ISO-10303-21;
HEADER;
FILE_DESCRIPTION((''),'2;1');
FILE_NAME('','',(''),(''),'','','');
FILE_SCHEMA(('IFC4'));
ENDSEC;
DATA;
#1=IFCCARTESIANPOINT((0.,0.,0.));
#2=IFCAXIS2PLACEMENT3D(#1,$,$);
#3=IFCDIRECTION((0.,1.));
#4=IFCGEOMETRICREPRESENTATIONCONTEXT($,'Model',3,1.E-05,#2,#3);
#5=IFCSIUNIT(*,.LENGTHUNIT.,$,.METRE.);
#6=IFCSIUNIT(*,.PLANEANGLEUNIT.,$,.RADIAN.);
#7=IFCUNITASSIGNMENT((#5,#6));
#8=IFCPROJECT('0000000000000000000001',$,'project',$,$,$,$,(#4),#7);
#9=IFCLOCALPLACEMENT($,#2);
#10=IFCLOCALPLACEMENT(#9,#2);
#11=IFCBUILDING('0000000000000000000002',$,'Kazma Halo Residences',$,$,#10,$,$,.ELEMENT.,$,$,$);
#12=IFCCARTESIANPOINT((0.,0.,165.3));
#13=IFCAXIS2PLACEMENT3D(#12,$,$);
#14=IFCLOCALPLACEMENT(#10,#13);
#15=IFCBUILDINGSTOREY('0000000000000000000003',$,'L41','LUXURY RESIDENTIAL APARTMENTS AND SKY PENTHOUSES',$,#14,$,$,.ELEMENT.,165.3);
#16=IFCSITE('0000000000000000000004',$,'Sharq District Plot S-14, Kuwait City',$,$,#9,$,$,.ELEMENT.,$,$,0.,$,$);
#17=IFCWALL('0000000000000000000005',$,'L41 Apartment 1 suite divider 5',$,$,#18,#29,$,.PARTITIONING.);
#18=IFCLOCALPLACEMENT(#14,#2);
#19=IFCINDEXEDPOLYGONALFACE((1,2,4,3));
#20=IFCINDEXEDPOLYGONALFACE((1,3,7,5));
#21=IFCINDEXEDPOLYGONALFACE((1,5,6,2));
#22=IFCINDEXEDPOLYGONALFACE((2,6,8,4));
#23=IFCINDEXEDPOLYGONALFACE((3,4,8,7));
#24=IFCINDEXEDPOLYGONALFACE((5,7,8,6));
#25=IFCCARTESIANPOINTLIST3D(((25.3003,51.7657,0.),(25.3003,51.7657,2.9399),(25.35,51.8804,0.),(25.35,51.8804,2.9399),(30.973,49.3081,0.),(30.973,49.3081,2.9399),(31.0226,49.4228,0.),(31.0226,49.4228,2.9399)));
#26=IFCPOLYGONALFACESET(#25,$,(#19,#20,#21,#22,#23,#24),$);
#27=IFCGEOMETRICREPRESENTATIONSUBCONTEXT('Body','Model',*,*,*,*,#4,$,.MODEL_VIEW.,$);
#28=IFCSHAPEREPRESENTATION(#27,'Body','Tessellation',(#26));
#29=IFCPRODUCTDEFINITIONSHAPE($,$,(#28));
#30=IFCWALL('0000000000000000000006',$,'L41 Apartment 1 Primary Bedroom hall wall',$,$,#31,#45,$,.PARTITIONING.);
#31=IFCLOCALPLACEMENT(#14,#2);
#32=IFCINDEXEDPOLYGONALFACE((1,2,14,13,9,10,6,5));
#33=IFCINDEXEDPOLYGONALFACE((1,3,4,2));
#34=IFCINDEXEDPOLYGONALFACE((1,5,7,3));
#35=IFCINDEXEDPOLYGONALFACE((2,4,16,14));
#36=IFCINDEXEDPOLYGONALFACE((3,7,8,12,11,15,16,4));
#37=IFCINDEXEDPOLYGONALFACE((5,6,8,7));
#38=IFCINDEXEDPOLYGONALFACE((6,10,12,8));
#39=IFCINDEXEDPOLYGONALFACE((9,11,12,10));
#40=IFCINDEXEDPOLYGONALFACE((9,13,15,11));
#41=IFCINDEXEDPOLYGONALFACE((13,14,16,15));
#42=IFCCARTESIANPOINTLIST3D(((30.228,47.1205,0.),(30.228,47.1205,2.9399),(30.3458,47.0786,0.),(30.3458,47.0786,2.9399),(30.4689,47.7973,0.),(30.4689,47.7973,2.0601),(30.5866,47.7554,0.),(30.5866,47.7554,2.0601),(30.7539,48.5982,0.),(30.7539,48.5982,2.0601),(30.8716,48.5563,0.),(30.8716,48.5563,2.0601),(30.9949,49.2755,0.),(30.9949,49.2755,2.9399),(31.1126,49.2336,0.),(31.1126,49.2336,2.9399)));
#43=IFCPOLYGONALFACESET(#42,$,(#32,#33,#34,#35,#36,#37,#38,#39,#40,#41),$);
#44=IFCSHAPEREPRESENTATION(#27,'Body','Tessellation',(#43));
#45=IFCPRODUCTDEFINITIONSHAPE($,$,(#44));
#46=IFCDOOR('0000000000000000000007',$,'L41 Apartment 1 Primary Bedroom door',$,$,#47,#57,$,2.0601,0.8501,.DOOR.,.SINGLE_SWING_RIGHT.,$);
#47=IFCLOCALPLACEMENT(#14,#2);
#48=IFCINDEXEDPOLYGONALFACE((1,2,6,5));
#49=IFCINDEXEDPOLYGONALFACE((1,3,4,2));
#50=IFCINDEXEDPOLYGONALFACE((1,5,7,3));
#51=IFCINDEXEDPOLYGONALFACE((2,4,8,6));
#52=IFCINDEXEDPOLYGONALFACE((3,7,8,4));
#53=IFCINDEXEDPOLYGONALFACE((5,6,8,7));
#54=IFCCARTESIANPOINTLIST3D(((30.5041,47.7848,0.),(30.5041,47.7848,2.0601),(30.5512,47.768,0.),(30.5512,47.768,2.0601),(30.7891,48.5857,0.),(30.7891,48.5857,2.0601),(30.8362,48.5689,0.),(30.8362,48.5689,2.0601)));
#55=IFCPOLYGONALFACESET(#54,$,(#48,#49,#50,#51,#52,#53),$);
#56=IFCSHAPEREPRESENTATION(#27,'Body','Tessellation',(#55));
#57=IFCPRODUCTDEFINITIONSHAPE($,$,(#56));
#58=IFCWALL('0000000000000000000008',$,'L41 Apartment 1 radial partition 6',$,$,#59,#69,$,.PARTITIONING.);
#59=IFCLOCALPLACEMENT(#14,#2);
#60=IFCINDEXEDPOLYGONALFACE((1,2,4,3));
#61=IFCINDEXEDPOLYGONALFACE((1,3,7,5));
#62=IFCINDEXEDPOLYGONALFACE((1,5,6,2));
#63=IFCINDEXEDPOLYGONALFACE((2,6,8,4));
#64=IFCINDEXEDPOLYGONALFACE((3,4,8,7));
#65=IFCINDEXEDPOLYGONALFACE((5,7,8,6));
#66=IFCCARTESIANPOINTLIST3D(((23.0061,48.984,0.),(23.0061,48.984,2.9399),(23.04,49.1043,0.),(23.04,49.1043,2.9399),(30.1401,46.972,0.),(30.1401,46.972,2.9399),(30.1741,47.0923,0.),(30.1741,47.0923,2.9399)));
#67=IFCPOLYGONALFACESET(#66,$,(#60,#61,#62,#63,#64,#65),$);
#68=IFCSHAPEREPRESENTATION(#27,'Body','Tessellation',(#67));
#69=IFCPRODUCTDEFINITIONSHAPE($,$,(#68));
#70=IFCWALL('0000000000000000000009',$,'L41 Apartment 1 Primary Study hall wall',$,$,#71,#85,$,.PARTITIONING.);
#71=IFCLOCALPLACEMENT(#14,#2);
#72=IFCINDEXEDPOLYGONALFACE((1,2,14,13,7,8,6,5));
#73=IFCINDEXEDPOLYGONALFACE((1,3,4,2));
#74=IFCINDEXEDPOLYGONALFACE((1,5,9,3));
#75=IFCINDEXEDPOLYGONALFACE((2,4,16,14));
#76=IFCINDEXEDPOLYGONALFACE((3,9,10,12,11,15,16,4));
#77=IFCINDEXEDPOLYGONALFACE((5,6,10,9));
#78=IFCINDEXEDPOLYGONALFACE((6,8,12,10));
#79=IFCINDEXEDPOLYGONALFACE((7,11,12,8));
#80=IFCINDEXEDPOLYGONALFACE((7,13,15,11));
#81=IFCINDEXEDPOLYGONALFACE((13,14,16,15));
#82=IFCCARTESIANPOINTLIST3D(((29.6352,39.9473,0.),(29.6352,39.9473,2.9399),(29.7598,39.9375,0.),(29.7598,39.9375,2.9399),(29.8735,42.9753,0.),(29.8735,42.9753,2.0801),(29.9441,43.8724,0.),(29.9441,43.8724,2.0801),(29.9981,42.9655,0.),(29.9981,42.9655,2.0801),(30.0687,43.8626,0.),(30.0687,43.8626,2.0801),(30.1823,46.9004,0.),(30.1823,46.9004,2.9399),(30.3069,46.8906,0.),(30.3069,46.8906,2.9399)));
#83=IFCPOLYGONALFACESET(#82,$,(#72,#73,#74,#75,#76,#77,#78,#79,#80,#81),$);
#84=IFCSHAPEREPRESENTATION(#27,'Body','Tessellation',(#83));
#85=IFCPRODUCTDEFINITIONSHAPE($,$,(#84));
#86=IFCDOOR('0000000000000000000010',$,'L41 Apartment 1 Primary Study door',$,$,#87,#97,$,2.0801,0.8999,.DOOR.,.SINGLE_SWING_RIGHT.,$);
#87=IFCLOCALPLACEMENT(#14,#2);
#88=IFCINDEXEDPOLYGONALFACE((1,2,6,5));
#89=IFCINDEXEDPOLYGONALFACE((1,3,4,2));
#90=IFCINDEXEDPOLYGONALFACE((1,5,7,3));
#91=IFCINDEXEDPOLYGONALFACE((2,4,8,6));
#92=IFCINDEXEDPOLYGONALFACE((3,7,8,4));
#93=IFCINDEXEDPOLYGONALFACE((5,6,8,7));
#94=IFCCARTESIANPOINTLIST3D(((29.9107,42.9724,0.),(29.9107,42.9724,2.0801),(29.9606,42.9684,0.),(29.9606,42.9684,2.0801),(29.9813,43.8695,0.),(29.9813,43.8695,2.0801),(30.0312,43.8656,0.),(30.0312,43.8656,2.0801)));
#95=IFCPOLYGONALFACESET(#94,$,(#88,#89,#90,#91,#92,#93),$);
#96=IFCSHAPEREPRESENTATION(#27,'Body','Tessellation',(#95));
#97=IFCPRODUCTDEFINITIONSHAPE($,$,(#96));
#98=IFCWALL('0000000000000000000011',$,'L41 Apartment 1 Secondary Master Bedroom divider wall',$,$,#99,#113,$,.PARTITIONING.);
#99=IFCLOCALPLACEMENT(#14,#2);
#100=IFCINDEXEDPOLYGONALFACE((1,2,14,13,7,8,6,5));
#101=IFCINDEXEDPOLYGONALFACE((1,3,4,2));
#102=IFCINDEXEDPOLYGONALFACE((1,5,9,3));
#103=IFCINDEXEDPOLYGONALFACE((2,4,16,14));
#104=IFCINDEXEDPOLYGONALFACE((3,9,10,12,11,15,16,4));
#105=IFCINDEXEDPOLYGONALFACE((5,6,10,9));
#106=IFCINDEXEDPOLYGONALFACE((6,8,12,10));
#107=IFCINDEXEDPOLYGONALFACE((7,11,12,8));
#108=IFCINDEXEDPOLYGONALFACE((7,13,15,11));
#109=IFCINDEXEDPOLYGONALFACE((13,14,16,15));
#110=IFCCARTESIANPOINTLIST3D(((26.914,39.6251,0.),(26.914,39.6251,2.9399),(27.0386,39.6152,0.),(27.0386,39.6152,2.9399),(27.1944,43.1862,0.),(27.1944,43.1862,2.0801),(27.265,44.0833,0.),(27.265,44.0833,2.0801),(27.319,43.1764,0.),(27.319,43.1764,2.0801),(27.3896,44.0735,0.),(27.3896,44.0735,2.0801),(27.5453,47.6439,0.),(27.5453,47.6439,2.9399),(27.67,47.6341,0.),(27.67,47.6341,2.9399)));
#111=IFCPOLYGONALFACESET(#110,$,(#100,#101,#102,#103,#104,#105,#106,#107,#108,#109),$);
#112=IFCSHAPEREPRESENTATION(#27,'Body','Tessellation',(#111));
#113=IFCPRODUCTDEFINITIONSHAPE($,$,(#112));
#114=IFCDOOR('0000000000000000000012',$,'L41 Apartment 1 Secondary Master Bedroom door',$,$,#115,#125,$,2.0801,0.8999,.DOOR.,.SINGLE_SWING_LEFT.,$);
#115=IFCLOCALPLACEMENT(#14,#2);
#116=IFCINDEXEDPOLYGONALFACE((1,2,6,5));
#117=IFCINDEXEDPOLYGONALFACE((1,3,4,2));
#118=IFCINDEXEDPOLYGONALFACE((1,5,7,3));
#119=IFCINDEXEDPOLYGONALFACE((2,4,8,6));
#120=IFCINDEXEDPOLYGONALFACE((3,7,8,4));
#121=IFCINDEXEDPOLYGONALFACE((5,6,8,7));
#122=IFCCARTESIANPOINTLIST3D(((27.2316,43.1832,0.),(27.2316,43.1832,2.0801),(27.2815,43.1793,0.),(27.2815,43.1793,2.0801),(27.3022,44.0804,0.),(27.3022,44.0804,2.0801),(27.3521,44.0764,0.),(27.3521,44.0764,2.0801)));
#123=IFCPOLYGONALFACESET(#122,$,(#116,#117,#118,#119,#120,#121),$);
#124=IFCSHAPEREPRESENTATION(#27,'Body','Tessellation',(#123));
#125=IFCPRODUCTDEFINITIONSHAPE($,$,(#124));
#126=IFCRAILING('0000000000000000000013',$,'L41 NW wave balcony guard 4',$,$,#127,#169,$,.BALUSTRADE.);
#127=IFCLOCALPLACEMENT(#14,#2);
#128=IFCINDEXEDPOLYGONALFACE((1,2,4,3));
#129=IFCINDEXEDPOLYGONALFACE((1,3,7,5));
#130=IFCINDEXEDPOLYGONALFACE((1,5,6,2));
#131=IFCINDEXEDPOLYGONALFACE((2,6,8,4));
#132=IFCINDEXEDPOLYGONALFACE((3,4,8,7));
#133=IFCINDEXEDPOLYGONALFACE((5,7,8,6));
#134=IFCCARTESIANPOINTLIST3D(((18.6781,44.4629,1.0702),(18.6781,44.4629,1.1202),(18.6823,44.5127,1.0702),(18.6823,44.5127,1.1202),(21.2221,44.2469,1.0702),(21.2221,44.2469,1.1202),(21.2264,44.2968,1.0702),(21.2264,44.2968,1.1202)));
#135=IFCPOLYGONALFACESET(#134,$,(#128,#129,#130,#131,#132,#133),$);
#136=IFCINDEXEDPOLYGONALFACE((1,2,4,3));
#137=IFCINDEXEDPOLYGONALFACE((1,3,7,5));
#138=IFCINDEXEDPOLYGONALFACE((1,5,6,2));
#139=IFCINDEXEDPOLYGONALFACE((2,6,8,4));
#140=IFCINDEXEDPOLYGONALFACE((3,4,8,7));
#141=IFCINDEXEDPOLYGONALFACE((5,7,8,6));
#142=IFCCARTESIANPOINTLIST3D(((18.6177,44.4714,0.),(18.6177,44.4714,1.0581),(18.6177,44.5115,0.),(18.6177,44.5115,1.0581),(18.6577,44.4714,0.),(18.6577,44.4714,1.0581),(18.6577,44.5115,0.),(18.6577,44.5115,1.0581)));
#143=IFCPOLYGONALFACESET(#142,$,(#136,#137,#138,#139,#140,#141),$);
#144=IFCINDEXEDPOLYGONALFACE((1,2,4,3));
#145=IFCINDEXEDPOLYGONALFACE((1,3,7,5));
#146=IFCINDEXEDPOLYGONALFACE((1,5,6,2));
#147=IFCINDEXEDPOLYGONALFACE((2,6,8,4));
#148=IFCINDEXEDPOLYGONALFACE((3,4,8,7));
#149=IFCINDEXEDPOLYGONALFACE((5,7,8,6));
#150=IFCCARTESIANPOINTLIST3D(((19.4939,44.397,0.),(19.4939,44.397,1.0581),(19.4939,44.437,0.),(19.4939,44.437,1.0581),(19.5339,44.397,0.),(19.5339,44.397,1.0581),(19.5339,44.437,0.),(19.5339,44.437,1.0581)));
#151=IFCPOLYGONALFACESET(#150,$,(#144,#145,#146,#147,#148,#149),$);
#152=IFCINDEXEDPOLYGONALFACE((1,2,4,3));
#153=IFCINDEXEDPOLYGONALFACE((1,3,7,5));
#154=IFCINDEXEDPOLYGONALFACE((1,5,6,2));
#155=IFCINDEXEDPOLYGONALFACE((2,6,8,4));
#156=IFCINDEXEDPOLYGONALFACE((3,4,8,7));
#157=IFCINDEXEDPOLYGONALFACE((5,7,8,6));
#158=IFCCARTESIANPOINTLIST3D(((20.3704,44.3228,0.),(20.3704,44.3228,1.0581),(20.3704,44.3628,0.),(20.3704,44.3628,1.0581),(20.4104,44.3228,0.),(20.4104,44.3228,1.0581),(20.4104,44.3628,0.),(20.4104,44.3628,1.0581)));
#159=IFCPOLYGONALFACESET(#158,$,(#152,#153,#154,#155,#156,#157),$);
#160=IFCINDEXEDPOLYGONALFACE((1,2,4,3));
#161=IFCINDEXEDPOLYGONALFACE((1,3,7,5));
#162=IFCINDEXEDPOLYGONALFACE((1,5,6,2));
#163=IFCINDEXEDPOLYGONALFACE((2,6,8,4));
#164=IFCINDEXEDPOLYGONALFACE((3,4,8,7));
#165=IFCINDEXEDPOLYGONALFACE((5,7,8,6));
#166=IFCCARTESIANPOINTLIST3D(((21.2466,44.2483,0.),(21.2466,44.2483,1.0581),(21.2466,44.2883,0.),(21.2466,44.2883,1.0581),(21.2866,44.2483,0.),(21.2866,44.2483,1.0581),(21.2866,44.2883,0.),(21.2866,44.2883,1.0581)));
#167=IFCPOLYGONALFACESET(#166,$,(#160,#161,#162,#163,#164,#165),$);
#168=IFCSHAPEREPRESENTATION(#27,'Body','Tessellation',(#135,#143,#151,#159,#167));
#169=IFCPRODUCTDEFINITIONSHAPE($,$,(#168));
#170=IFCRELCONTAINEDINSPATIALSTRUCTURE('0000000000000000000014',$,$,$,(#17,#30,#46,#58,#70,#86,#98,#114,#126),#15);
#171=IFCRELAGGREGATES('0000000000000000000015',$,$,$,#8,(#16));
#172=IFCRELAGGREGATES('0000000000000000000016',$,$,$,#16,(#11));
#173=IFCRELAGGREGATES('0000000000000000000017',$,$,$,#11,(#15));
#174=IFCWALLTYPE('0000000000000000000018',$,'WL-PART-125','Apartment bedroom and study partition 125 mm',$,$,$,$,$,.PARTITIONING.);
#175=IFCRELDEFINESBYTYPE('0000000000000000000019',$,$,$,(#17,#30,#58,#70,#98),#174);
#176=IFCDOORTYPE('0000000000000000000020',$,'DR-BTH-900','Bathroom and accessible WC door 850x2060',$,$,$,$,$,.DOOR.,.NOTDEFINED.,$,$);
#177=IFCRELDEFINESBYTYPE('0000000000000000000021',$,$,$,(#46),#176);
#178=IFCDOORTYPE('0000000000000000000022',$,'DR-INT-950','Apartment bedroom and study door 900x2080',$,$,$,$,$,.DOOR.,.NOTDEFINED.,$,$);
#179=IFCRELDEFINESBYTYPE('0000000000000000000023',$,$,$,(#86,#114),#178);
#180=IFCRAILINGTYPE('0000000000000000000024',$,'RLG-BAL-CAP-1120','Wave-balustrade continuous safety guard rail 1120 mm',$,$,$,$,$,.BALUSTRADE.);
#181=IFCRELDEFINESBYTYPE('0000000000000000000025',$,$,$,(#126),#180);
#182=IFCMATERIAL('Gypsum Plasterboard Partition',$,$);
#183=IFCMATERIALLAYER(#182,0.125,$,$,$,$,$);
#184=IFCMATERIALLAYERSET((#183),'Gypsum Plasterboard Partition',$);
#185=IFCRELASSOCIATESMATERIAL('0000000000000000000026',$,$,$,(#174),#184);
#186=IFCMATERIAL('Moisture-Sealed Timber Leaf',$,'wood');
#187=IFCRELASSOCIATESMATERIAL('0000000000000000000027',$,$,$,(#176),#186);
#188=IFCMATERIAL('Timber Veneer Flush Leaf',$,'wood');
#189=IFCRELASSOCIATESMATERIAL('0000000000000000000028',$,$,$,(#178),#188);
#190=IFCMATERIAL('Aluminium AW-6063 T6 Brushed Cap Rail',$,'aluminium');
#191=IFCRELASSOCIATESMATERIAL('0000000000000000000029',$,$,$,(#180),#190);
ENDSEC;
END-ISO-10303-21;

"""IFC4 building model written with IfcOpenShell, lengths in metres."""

from ifc_helpers import new_model, si_unit, direction, frame, frame_2d, origin, origin_2d, place, context, subcontext, project, spatial, rectangle, extrude, material, layer, layer_set, type_object, element, fill, save


model = new_model("IFC4")

# Units and contexts
model_context = context("Model", 3, precision=1e-05, world=origin(), true_north=direction((0.0, 1.0)))
body_context = subcontext(model_context, "Body", "Model", "MODEL_VIEW")
ifc_project = project(units=[si_unit("LENGTHUNIT", "METRE"), si_unit("PLANEANGLEUNIT", "RADIAN")], contexts=[model_context])

# Site, building, storey
site_placement = place(None, origin())
site = spatial("IfcSite", under=ifc_project, at=site_placement, Name="Sharq District Plot S-14, Kuwait City", CompositionType="ELEMENT", RefElevation=0.0)
building_placement = place(site_placement, origin())
building = spatial("IfcBuilding", under=site, at=building_placement, Name="Kazma Halo Residences", CompositionType="ELEMENT")
storey_placement = place(building_placement, frame((0.0, 0.0, 165.3)))
storey = spatial("IfcBuildingStorey", under=building, at=storey_placement, Name="L41", Description="LUXURY RESIDENTIAL APARTMENTS AND SKY PENTHOUSES", CompositionType="ELEMENT", Elevation=165.3)

# Wall
ifc_material_1 = material(Name="Gypsum Plasterboard Partition")
ifc_layer_1 = layer(ifc_material_1, 0.125)
ifc_layer_set_1 = layer_set([ifc_layer_1], Name="Gypsum Plasterboard Partition")
wall_type_1 = type_object("IfcWallType", Name="WL-PART-125", Description="Apartment bedroom and study partition 125 mm", PredefinedType="PARTITIONING", material=ifc_layer_set_1)
wall_1_placement = place(storey_placement, frame((30.9978, 49.3655, 0.0), z_axis=(0.0, 0.0, 1.0), x_axis=(-0.917592, 0.397524, 0.0)))
element("IfcWall", 1, at=wall_1_placement, inside=storey, type_object=wall_type_1, Name="L41 Apartment 1 suite divider 5", PredefinedType="PARTITIONING", context=body_context, shape_type="SweptSolid", body=[
    extrude(rectangle(XDim=6.1821, YDim=0.125, at=frame_2d((3.0911, 0.0))), origin(), (0.0, 0.0, 1.0), 2.9399),
])

# Wall, opening, door
wall_2_placement = place(storey_placement, frame((31.0537, 49.2544, 0.0), z_axis=(0.0, 0.0, 1.0), x_axis=(-0.335248, -0.94213, 0.0)))
wall_2 = element("IfcWall", 2, at=wall_2_placement, inside=storey, type_object=wall_type_1, Name="L41 Apartment 1 Primary Bedroom hall wall", PredefinedType="PARTITIONING", context=body_context, shape_type="SweptSolid", body=[
    extrude(rectangle(XDim=2.2874, YDim=0.125, at=frame_2d((1.1436, 0.0))), origin(), (0.0, 0.0, 1.0), 2.9399),
])
opening_1_placement = place(wall_2_placement, frame((0.7188, 0.0, 0.0)))
opening_1 = element("IfcOpeningElement", 3, at=opening_1_placement, cuts=wall_2, PredefinedType="OPENING", context=body_context, shape_type="SweptSolid", body=[
    extrude(rectangle(XDim=0.8501, YDim=2.0601, at=frame_2d((0.425, 1.03))), frame((0.0, 0.0725, 0.0), z_axis=(0.0, -1.0, 0.0), x_axis=(1.0, 0.0, 0.0)), (0.0, 0.0, 1.0), 0.145),
])
ifc_material_2 = material(Name="Moisture-Sealed Timber Leaf", Category="wood")
door_type_1 = type_object("IfcDoorType", Name="DR-BTH-900", Description="Bathroom and accessible WC door 850x2060", OperationType="NOTDEFINED", PredefinedType="DOOR", material=ifc_material_2)
door_1_placement = place(opening_1_placement, origin())
door_1 = element("IfcDoor", 4, at=door_1_placement, inside=storey, type_object=door_type_1, Name="L41 Apartment 1 Primary Bedroom door", OperationType="SINGLE_SWING_RIGHT", OverallHeight=2.0601, OverallWidth=0.8501, PredefinedType="DOOR", context=body_context, shape_type="SweptSolid", body=[
    extrude(rectangle(XDim=0.8501, YDim=2.0601, at=frame_2d((0.425, 1.03))), frame((0.0, 0.0249, 0.0), z_axis=(0.0, -1.0, 0.0), x_axis=(1.0, 0.0, 0.0)), (0.0, 0.0, 1.0), 0.05),
])
fill(opening_1, door_1)

# Wall
wall_3_placement = place(storey_placement, frame((30.157, 47.0322, 0.0), z_axis=(0.0, 0.0, 1.0), x_axis=(-0.962457, 0.271435, 0.0)))
element("IfcWall", 5, at=wall_3_placement, inside=storey, type_object=wall_type_1, Name="L41 Apartment 1 radial partition 6", PredefinedType="PARTITIONING", context=body_context, shape_type="SweptSolid", body=[
    extrude(rectangle(XDim=7.4124, YDim=0.125, at=frame_2d((3.7061, 0.0))), origin(), (0.0, 0.0, 1.0), 2.9399),
])

# Walls, openings, doors
wall_4_placement = place(storey_placement, frame((30.2446, 46.8955, 0.0), z_axis=(0.0, 0.0, 1.0), x_axis=(-0.078444, -0.996918, 0.0)))
wall_4 = element("IfcWall", 6, at=wall_4_placement, inside=storey, type_object=wall_type_1, Name="L41 Apartment 1 Primary Study hall wall", PredefinedType="PARTITIONING", context=body_context, shape_type="SweptSolid", body=[
    extrude(rectangle(XDim=6.9746, YDim=0.125, at=frame_2d((3.4873, 0.0))), origin(), (0.0, 0.0, 1.0), 2.9399),
])
opening_2_placement = place(wall_4_placement, frame((3.0374, 0.0, 0.0)))
opening_2 = element("IfcOpeningElement", 7, at=opening_2_placement, cuts=wall_4, PredefinedType="OPENING", context=body_context, shape_type="SweptSolid", body=[
    extrude(rectangle(XDim=0.8999, YDim=2.0801, at=frame_2d((0.45, 1.04))), frame((0.0, 0.0725, 0.0), z_axis=(0.0, -1.0, 0.0), x_axis=(1.0, 0.0, 0.0)), (0.0, 0.0, 1.0), 0.145),
])
ifc_material_3 = material(Name="Timber Veneer Flush Leaf", Category="wood")
door_type_2 = type_object("IfcDoorType", Name="DR-INT-950", Description="Apartment bedroom and study door 900x2080", OperationType="NOTDEFINED", PredefinedType="DOOR", material=ifc_material_3)
door_2_placement = place(opening_2_placement, origin())
door_2 = element("IfcDoor", 8, at=door_2_placement, inside=storey, type_object=door_type_2, Name="L41 Apartment 1 Primary Study door", OperationType="SINGLE_SWING_RIGHT", OverallHeight=2.0801, OverallWidth=0.8999, PredefinedType="DOOR", context=body_context, shape_type="SweptSolid", body=[
    extrude(rectangle(XDim=0.8999, YDim=2.0801, at=frame_2d((0.45, 1.04))), frame((0.0, 0.0249, 0.0), z_axis=(0.0, -1.0, 0.0), x_axis=(1.0, 0.0, 0.0)), (0.0, 0.0, 1.0), 0.05),
])
fill(opening_2, door_2)
wall_5_placement = place(storey_placement, frame((27.6077, 47.6392, 0.0), z_axis=(0.0, 0.0, 1.0), x_axis=(-0.078491, -0.996915, 0.0)))
wall_5 = element("IfcWall", 9, at=wall_5_placement, inside=storey, type_object=wall_type_1, Name="L41 Apartment 1 Secondary Master Bedroom divider wall", PredefinedType="PARTITIONING", context=body_context, shape_type="SweptSolid", body=[
    extrude(rectangle(XDim=8.0437, YDim=0.125, at=frame_2d((4.022, 0.0))), origin(), (0.0, 0.0, 1.0), 2.9399),
])
opening_3_placement = place(wall_5_placement, frame((3.5718, 0.0, 0.0)))
opening_3 = element("IfcOpeningElement", 10, at=opening_3_placement, cuts=wall_5, PredefinedType="OPENING", context=body_context, shape_type="SweptSolid", body=[
    extrude(rectangle(XDim=0.8999, YDim=2.0801, at=frame_2d((0.45, 1.04))), frame((0.0, 0.0725, 0.0), z_axis=(0.0, -1.0, 0.0), x_axis=(1.0, 0.0, 0.0)), (0.0, 0.0, 1.0), 0.145),
])
door_3_placement = place(opening_3_placement, origin())
door_3 = element("IfcDoor", 11, at=door_3_placement, inside=storey, type_object=door_type_2, Name="L41 Apartment 1 Secondary Master Bedroom door", OperationType="SINGLE_SWING_LEFT", OverallHeight=2.0801, OverallWidth=0.8999, PredefinedType="DOOR", context=body_context, shape_type="SweptSolid", body=[
    extrude(rectangle(XDim=0.8999, YDim=2.0801, at=frame_2d((0.45, 1.04))), frame((0.0, 0.0249, 0.0), z_axis=(0.0, -1.0, 0.0), x_axis=(1.0, 0.0, 0.0)), (0.0, 0.0, 1.0), 0.05),
])
fill(opening_3, door_3)

# Railing
ifc_material_4 = material(Name="Aluminium AW-6063 T6 Brushed Cap Rail", Category="aluminium")
railing_type = type_object("IfcRailingType", Name="RLG-BAL-CAP-1120", Description="Wave-balustrade continuous safety guard rail 1120 mm", PredefinedType="BALUSTRADE", material=ifc_material_4)
railing_placement = place(storey_placement, frame((18.6377, 44.4915, 0.0)))
element("IfcRailing", 12, at=railing_placement, inside=storey, type_object=railing_type, Name="L41 NW wave balcony guard 4", PredefinedType="BALUSTRADE", context=body_context, shape_type="SweptSolid", body=[
    extrude(rectangle(XDim=0.05, YDim=0.05, at=origin_2d()), frame((0.0425, -0.0037, 1.0952), z_axis=(0.996417, -0.084577, 0.0), x_axis=(0.084577, 0.996417, 0.0)), (0.0, 0.0, 1.0), 2.5532),
    extrude(rectangle(XDim=0.04, YDim=0.04, at=origin_2d()), origin(), (0.0, 0.0, 1.0), 1.0581),
    extrude(rectangle(XDim=0.04, YDim=0.04, at=origin_2d()), frame((0.8762, -0.0745, 0.0)), (0.0, 0.0, 1.0), 1.0581),
    extrude(rectangle(XDim=0.04, YDim=0.04, at=origin_2d()), frame((1.7527, -0.1487, 0.0)), (0.0, 0.0, 1.0), 1.0581),
    extrude(rectangle(XDim=0.04, YDim=0.04, at=origin_2d()), frame((2.6289, -0.2231, 0.0)), (0.0, 0.0, 1.0), 1.0581),
])

save(model, "model.ifc")
